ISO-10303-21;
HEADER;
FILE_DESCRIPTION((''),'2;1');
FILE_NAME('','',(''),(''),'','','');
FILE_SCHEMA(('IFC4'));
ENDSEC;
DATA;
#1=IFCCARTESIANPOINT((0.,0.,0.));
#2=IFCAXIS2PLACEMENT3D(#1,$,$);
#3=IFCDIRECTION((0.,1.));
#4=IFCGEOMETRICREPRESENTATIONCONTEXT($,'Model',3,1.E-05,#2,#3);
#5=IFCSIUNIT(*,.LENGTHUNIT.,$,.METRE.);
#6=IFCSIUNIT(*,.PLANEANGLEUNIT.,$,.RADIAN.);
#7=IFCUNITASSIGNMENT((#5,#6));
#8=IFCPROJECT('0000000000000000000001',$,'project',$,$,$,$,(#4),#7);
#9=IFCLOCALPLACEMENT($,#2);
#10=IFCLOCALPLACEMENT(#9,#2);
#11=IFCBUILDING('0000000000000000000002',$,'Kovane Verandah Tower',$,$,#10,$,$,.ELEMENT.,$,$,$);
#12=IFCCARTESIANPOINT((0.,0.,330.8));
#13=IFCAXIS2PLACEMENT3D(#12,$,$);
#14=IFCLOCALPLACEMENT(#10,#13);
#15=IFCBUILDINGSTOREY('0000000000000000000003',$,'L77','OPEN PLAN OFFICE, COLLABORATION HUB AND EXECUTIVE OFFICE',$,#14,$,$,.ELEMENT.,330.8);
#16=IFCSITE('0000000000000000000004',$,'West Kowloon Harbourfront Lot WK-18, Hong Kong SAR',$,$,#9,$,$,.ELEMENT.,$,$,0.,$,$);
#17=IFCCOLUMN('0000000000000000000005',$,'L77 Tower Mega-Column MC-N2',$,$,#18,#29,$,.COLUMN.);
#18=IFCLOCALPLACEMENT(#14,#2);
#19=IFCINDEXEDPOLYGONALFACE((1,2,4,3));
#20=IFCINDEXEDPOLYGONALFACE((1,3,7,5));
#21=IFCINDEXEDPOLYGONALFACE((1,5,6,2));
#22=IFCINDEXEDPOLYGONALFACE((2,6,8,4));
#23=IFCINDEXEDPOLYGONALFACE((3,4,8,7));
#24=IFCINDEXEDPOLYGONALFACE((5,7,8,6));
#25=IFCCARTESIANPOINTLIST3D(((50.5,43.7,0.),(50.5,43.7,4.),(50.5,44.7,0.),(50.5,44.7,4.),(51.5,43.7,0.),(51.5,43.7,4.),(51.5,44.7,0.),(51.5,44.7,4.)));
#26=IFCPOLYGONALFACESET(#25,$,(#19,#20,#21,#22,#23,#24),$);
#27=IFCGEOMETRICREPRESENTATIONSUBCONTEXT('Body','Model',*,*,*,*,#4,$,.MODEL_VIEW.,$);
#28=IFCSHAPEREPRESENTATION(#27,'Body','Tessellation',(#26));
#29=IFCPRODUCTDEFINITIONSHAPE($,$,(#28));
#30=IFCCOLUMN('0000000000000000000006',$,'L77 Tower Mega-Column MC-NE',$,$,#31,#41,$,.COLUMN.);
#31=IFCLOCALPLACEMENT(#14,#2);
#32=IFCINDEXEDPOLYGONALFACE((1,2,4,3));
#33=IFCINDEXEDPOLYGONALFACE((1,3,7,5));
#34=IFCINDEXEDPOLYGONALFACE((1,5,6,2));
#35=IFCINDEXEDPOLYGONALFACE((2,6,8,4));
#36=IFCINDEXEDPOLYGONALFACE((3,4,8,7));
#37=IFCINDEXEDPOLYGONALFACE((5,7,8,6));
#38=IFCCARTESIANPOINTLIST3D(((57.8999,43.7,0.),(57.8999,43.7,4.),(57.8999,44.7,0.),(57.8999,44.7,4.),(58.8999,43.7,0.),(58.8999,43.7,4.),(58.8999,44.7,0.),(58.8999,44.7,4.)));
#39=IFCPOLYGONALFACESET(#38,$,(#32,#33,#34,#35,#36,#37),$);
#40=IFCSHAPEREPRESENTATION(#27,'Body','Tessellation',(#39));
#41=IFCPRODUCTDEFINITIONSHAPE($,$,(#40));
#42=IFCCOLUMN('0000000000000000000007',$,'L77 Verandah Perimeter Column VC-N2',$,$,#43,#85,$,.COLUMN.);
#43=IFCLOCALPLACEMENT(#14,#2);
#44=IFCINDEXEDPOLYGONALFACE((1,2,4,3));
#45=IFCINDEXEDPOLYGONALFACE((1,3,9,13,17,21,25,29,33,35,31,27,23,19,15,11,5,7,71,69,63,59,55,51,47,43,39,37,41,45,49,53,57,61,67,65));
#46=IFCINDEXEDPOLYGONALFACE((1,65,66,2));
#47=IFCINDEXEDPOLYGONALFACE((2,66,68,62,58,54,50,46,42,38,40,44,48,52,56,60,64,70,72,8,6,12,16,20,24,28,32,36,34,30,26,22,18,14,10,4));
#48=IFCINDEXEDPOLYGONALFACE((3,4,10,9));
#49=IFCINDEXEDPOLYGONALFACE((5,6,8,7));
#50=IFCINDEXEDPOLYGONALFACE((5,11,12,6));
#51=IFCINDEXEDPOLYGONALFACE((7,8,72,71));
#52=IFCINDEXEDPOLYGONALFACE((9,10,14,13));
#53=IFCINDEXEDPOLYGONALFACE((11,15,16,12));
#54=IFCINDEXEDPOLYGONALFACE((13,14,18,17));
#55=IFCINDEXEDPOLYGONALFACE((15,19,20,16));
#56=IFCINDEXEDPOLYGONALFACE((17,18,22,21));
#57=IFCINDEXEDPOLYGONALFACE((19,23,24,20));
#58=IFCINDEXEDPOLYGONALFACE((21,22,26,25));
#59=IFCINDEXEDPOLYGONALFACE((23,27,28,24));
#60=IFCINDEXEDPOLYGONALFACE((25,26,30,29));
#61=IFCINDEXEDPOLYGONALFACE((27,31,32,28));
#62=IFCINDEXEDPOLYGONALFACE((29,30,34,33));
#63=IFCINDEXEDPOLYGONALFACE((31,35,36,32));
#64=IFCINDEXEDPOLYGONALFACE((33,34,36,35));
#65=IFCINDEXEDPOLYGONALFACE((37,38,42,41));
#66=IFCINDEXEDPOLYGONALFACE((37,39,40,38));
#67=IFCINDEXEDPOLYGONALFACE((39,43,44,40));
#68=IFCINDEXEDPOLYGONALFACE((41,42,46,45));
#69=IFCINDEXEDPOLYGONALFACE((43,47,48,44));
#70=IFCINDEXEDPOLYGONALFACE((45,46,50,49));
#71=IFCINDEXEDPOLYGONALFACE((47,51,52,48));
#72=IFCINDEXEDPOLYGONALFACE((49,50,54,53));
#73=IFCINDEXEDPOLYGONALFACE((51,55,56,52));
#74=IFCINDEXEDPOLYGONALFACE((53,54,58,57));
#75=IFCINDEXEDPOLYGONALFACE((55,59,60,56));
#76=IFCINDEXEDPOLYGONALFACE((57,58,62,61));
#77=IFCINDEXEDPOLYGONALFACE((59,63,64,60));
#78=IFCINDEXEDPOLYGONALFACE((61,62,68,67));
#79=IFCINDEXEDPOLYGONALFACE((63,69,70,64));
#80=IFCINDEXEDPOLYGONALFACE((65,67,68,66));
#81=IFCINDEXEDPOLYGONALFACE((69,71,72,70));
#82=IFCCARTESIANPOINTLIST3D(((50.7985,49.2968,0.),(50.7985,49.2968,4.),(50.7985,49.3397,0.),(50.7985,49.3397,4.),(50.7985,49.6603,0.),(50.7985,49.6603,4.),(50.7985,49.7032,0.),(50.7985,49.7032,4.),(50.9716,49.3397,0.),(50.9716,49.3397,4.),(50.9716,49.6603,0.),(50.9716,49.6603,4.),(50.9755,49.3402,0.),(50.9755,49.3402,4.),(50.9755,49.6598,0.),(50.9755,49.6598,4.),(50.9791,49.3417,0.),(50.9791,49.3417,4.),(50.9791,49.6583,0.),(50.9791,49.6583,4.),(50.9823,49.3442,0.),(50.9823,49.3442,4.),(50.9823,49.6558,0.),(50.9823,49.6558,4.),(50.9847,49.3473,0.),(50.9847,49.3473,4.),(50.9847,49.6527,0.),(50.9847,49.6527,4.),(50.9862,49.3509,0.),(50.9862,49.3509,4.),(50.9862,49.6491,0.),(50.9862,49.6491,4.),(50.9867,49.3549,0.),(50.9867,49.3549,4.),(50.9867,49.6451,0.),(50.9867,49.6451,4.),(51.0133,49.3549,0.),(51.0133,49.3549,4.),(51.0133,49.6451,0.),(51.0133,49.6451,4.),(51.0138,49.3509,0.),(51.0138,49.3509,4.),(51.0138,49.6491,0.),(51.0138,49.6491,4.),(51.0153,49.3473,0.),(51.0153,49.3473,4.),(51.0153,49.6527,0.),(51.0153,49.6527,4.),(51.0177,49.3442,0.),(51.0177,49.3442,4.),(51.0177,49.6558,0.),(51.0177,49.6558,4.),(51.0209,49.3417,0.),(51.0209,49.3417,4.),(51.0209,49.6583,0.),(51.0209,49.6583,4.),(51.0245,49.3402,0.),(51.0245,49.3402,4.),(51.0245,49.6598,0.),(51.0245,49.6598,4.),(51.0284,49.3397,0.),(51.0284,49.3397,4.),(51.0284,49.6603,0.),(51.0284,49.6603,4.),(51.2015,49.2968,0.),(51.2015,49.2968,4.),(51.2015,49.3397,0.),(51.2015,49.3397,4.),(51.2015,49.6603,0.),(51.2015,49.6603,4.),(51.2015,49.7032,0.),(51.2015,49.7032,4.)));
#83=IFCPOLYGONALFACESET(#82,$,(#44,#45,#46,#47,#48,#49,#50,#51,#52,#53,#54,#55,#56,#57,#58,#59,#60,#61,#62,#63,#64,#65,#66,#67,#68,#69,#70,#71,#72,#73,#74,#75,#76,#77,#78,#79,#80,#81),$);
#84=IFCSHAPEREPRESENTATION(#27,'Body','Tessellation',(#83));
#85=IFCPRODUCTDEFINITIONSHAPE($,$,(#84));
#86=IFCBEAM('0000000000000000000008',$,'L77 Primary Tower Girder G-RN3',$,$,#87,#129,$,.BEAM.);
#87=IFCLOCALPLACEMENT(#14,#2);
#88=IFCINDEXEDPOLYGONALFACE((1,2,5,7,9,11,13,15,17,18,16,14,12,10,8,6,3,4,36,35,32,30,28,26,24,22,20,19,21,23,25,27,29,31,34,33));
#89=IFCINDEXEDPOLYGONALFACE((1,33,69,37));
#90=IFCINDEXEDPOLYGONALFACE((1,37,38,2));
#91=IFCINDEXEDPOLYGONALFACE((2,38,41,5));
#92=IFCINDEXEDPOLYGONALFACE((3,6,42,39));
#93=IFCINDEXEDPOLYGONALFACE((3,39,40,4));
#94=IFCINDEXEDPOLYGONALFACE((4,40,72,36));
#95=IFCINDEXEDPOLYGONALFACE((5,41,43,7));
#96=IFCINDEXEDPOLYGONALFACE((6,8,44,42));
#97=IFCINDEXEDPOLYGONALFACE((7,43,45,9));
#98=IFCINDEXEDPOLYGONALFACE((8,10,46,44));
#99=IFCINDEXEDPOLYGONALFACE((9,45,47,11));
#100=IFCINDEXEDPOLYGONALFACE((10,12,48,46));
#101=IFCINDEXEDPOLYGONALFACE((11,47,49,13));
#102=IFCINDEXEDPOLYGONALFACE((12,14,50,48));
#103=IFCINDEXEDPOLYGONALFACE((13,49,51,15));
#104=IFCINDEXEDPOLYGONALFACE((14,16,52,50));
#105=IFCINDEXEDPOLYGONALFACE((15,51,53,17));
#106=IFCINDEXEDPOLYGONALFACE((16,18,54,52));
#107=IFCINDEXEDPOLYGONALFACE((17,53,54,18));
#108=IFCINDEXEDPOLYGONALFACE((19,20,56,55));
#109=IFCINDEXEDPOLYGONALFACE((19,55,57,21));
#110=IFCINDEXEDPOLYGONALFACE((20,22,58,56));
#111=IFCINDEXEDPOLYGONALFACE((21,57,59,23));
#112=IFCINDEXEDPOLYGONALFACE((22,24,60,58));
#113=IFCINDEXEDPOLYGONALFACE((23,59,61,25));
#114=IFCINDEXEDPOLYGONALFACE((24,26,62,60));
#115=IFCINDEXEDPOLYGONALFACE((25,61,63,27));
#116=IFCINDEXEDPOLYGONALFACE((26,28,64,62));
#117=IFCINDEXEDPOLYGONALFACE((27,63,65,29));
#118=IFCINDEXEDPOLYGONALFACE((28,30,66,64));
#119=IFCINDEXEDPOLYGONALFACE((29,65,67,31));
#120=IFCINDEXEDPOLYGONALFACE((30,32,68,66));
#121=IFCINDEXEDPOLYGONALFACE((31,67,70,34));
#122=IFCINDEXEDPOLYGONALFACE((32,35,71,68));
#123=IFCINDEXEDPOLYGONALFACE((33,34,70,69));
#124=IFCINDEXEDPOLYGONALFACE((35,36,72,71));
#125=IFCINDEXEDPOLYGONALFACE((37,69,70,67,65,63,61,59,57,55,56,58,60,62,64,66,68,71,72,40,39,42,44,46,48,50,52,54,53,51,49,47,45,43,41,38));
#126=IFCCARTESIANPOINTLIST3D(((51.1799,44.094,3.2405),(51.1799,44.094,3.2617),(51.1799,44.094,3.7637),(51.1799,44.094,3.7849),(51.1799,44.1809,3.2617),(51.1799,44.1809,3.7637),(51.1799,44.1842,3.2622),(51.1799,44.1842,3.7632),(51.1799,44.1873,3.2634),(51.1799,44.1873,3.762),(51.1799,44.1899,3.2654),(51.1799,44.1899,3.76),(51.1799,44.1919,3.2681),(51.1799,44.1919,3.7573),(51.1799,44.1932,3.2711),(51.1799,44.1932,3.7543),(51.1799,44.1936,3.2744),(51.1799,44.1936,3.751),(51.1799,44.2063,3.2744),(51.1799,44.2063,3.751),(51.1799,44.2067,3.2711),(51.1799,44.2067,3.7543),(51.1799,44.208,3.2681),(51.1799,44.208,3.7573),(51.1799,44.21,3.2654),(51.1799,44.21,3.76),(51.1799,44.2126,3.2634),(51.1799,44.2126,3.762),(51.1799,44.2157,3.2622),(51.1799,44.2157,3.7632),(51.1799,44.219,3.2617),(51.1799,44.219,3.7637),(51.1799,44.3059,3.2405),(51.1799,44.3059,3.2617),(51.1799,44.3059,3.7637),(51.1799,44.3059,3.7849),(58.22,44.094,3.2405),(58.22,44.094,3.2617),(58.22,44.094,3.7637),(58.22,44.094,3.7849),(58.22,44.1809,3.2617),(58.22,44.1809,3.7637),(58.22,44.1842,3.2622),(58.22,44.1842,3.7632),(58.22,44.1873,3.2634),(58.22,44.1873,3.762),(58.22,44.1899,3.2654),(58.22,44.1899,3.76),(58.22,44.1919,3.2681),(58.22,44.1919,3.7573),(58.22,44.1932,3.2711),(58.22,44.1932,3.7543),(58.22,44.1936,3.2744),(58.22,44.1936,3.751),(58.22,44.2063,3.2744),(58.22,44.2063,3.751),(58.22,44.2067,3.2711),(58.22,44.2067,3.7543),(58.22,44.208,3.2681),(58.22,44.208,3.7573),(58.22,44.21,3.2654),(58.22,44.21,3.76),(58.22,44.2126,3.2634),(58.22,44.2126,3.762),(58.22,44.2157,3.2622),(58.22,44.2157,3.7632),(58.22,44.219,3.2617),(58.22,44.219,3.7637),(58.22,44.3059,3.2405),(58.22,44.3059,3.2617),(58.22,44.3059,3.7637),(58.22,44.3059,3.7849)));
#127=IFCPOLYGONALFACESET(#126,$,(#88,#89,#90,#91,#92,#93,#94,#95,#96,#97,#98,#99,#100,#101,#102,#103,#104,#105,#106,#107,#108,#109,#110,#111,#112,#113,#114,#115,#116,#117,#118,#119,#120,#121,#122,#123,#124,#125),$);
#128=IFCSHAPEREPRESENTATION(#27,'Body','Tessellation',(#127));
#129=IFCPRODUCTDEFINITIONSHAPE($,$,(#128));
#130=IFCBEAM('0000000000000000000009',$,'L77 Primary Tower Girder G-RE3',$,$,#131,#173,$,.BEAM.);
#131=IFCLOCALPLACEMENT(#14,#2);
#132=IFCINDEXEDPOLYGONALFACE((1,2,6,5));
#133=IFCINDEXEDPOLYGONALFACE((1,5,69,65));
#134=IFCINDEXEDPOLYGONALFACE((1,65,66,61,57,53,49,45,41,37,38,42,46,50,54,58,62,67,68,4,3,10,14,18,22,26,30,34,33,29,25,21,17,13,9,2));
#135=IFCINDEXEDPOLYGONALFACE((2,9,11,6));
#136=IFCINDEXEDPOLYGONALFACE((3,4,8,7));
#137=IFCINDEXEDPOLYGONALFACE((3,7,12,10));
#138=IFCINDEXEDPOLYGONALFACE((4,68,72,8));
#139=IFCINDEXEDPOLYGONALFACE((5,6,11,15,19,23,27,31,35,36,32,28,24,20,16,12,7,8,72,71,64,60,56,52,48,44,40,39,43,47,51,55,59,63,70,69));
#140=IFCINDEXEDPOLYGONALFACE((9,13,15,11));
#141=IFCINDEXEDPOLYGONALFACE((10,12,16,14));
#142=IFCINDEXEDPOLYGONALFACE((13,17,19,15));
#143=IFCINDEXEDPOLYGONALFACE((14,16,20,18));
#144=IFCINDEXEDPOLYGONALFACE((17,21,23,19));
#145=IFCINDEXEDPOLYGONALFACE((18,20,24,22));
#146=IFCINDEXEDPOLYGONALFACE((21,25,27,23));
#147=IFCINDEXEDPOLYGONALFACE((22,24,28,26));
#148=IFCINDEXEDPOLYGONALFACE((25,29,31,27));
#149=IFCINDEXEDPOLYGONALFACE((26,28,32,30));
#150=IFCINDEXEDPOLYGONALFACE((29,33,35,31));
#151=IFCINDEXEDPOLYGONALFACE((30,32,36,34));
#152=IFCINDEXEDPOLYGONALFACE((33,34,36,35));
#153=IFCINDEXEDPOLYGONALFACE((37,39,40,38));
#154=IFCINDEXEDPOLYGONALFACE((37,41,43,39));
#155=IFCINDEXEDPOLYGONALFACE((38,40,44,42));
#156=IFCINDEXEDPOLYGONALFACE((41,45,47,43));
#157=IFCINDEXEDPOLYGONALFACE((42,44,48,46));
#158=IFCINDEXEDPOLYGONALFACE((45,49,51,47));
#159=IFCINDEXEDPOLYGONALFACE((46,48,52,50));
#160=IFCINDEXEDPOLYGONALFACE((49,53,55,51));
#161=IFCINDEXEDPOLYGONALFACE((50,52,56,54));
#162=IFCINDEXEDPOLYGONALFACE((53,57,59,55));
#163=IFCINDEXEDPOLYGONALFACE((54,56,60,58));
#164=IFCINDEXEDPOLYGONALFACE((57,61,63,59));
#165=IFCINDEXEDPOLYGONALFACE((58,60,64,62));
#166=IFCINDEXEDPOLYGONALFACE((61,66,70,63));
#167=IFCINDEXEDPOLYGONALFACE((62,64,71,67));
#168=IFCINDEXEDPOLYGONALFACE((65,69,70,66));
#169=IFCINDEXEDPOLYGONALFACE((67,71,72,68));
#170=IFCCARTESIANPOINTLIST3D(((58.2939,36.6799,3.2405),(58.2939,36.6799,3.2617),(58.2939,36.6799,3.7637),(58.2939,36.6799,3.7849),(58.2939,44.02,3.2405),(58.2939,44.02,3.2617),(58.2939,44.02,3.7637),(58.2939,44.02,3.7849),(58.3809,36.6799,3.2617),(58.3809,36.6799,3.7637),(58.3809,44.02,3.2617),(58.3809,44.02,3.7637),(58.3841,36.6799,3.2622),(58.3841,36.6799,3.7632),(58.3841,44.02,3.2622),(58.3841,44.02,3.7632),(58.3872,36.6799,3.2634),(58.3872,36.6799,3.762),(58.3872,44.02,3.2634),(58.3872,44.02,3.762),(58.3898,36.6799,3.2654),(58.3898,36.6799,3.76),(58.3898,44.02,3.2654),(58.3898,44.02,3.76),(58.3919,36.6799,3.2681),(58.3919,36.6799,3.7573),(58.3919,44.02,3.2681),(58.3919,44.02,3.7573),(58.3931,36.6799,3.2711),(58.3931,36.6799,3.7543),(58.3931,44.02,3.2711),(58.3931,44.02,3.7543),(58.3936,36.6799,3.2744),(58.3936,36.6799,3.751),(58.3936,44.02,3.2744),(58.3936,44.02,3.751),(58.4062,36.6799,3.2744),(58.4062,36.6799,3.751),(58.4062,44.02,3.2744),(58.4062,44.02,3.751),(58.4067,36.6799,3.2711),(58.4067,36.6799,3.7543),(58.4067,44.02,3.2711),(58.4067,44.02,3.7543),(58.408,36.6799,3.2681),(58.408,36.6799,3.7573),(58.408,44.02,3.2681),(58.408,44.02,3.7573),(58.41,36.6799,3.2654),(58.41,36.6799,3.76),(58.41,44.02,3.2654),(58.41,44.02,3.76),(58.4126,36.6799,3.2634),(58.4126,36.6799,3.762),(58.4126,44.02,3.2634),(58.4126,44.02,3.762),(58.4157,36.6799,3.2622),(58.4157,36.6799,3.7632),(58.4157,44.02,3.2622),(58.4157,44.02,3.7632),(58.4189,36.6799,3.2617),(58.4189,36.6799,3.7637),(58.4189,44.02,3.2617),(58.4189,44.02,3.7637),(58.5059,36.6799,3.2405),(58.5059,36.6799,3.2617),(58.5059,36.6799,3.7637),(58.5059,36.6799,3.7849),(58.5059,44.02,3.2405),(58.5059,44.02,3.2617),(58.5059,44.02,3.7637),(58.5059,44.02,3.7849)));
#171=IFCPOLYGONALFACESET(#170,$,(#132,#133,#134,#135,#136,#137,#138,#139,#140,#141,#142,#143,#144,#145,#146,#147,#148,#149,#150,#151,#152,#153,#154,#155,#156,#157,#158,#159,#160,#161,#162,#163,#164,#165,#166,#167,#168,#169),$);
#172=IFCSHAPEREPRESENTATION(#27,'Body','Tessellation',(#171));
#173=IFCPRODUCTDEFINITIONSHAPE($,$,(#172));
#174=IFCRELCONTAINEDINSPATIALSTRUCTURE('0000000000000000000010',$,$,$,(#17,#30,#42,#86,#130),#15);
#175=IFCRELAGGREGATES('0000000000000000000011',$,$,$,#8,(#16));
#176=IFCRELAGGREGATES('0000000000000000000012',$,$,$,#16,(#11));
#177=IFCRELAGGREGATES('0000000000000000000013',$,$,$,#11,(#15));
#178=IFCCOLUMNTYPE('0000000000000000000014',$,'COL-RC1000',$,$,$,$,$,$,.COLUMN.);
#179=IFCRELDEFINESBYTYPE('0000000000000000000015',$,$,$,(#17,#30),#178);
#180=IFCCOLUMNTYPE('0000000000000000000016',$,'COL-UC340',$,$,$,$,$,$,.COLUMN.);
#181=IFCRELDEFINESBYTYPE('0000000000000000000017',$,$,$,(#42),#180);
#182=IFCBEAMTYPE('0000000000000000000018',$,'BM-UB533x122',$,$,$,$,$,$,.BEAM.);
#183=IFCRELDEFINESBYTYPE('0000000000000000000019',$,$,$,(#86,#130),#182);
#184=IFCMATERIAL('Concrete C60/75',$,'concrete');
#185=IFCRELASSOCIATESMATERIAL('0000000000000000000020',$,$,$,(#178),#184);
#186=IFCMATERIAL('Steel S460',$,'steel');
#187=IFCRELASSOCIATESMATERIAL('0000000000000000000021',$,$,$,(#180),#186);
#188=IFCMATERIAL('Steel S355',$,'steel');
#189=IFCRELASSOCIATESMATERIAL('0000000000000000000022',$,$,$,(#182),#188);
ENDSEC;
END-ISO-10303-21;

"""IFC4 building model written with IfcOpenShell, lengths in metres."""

from ifc_helpers import new_model, si_unit, direction, frame, origin, origin_2d, place, context, subcontext, project, spatial, rectangle, i_section, extrude, material, material_profile, profile_set, type_object, element, save


model = new_model("IFC4")

# Units and contexts
model_context = context("Model", 3, precision=1e-05, world=origin(), true_north=direction((0.0, 1.0)))
body_context = subcontext(model_context, "Body", "Model", "MODEL_VIEW")
ifc_project = project(units=[si_unit("LENGTHUNIT", "METRE"), si_unit("PLANEANGLEUNIT", "RADIAN")], contexts=[model_context])

# Site, building, storey
site_placement = place(None, origin())
site = spatial("IfcSite", under=ifc_project, at=site_placement, Name="West Kowloon Harbourfront Lot WK-18, Hong Kong SAR", CompositionType="ELEMENT", RefElevation=0.0)
building_placement = place(site_placement, origin())
building = spatial("IfcBuilding", under=site, at=building_placement, Name="Kovane Verandah Tower", CompositionType="ELEMENT")
storey_placement = place(building_placement, frame((0.0, 0.0, 330.8)))
storey = spatial("IfcBuildingStorey", under=building, at=storey_placement, Name="L77", Description="OPEN PLAN OFFICE, COLLABORATION HUB AND EXECUTIVE OFFICE", CompositionType="ELEMENT", Elevation=330.8)

# Columns
ifc_material_1 = material(Name="Concrete C60/75", Category="concrete")
ifc_material_profile_1 = material_profile(ifc_material_1, rectangle(XDim=1.0, YDim=1.0, at=origin_2d()), Name="RC1000x1000")
ifc_profile_set_1 = profile_set([ifc_material_profile_1], Name="Concrete C60/75")
column_type_1 = type_object("IfcColumnType", Name="COL-RC1000", PredefinedType="COLUMN", material=ifc_profile_set_1)
for number, where, z_axis, x_axis, name in (
    (1, (51.0, 44.2, 0.0), (0.0, 0.0, 1.0), (1.0, 0.0, 0.0), "L77 Tower Mega-Column MC-N2"),
    (2, (58.3999, 44.2, 0.0), (0.0, 0.0, 1.0), (1.0, 0.0, 0.0), "L77 Tower Mega-Column MC-NE"),
):
    element("IfcColumn", number, at=place(storey_placement, frame(where, z_axis=z_axis, x_axis=x_axis)), inside=storey, type_object=column_type_1, Name=name, PredefinedType="COLUMN", context=body_context, shape_type="SweptSolid", body=[
        extrude(rectangle(XDim=1.0, YDim=1.0, at=origin_2d()), origin(), (0.0, 0.0, 1.0), 4.0),
    ])
ifc_material_2 = material(Name="Steel S460", Category="steel")
ifc_material_profile_2 = material_profile(ifc_material_2, i_section(OverallWidth=0.4031, OverallDepth=0.4065, WebThickness=0.0266, FlangeThickness=0.043, FilletRadius=0.0151, at=origin_2d()), Name="UC356x406x340")
ifc_profile_set_2 = profile_set([ifc_material_profile_2], Name="Steel S460")
column_type_2 = type_object("IfcColumnType", Name="COL-UC340", PredefinedType="COLUMN", material=ifc_profile_set_2)
column_placement = place(storey_placement, frame((51.0, 49.5, 0.0), z_axis=(0.0, 0.0, 1.0), x_axis=(1.0, 0.0, 0.0)))
element("IfcColumn", 3, at=column_placement, inside=storey, type_object=column_type_2, Name="L77 Verandah Perimeter Column VC-N2", PredefinedType="COLUMN", context=body_context, shape_type="SweptSolid", body=[
    extrude(i_section(OverallWidth=0.4031, OverallDepth=0.4065, WebThickness=0.0266, FlangeThickness=0.043, FilletRadius=0.0151, at=origin_2d()), origin(), (0.0, 0.0, 1.0), 4.0),
])

# Beams
ifc_material_3 = material(Name="Steel S355", Category="steel")
ifc_material_profile_3 = material_profile(ifc_material_3, i_section(OverallWidth=0.2119, OverallDepth=0.5444, WebThickness=0.0127, FlangeThickness=0.0212, FilletRadius=0.0127, at=origin_2d()), Name="UB533x210x122")
ifc_profile_set_3 = profile_set([ifc_material_profile_3], Name="Steel S355")
beam_type_1 = type_object("IfcBeamType", Name="BM-UB533x122", PredefinedType="BEAM", material=ifc_profile_set_3)
beam_1_placement = place(storey_placement, frame((51.1799, 44.2, 3.5127), z_axis=(1.0, 0.0, 0.0), x_axis=(0.0, 1.0, 0.0)))
element("IfcBeam", 4, at=beam_1_placement, inside=storey, type_object=beam_type_1, Name="L77 Primary Tower Girder G-RN3", PredefinedType="BEAM", context=body_context, shape_type="SweptSolid", body=[
    extrude(i_section(OverallWidth=0.2119, OverallDepth=0.5444, WebThickness=0.0127, FlangeThickness=0.0212, FilletRadius=0.0127, at=origin_2d()), origin(), (0.0, 0.0, 1.0), 7.04),
])
for number, where, z_axis, x_axis, name in (
    (5, (58.3999, 36.6799, 3.5127), (0.0, 1.0, 0.0), (-1.0, 0.0, 0.0), "L77 Primary Tower Girder G-RE3"),
):
    element("IfcBeam", number, at=place(storey_placement, frame(where, z_axis=z_axis, x_axis=x_axis)), inside=storey, type_object=beam_type_1, Name=name, PredefinedType="BEAM", context=body_context, shape_type="SweptSolid", body=[
        extrude(i_section(OverallWidth=0.2119, OverallDepth=0.5444, WebThickness=0.0127, FlangeThickness=0.0212, FilletRadius=0.0127, at=origin_2d()), origin(), (0.0, 0.0, 1.0), 7.3401),
    ])

save(model, "model.ifc")
